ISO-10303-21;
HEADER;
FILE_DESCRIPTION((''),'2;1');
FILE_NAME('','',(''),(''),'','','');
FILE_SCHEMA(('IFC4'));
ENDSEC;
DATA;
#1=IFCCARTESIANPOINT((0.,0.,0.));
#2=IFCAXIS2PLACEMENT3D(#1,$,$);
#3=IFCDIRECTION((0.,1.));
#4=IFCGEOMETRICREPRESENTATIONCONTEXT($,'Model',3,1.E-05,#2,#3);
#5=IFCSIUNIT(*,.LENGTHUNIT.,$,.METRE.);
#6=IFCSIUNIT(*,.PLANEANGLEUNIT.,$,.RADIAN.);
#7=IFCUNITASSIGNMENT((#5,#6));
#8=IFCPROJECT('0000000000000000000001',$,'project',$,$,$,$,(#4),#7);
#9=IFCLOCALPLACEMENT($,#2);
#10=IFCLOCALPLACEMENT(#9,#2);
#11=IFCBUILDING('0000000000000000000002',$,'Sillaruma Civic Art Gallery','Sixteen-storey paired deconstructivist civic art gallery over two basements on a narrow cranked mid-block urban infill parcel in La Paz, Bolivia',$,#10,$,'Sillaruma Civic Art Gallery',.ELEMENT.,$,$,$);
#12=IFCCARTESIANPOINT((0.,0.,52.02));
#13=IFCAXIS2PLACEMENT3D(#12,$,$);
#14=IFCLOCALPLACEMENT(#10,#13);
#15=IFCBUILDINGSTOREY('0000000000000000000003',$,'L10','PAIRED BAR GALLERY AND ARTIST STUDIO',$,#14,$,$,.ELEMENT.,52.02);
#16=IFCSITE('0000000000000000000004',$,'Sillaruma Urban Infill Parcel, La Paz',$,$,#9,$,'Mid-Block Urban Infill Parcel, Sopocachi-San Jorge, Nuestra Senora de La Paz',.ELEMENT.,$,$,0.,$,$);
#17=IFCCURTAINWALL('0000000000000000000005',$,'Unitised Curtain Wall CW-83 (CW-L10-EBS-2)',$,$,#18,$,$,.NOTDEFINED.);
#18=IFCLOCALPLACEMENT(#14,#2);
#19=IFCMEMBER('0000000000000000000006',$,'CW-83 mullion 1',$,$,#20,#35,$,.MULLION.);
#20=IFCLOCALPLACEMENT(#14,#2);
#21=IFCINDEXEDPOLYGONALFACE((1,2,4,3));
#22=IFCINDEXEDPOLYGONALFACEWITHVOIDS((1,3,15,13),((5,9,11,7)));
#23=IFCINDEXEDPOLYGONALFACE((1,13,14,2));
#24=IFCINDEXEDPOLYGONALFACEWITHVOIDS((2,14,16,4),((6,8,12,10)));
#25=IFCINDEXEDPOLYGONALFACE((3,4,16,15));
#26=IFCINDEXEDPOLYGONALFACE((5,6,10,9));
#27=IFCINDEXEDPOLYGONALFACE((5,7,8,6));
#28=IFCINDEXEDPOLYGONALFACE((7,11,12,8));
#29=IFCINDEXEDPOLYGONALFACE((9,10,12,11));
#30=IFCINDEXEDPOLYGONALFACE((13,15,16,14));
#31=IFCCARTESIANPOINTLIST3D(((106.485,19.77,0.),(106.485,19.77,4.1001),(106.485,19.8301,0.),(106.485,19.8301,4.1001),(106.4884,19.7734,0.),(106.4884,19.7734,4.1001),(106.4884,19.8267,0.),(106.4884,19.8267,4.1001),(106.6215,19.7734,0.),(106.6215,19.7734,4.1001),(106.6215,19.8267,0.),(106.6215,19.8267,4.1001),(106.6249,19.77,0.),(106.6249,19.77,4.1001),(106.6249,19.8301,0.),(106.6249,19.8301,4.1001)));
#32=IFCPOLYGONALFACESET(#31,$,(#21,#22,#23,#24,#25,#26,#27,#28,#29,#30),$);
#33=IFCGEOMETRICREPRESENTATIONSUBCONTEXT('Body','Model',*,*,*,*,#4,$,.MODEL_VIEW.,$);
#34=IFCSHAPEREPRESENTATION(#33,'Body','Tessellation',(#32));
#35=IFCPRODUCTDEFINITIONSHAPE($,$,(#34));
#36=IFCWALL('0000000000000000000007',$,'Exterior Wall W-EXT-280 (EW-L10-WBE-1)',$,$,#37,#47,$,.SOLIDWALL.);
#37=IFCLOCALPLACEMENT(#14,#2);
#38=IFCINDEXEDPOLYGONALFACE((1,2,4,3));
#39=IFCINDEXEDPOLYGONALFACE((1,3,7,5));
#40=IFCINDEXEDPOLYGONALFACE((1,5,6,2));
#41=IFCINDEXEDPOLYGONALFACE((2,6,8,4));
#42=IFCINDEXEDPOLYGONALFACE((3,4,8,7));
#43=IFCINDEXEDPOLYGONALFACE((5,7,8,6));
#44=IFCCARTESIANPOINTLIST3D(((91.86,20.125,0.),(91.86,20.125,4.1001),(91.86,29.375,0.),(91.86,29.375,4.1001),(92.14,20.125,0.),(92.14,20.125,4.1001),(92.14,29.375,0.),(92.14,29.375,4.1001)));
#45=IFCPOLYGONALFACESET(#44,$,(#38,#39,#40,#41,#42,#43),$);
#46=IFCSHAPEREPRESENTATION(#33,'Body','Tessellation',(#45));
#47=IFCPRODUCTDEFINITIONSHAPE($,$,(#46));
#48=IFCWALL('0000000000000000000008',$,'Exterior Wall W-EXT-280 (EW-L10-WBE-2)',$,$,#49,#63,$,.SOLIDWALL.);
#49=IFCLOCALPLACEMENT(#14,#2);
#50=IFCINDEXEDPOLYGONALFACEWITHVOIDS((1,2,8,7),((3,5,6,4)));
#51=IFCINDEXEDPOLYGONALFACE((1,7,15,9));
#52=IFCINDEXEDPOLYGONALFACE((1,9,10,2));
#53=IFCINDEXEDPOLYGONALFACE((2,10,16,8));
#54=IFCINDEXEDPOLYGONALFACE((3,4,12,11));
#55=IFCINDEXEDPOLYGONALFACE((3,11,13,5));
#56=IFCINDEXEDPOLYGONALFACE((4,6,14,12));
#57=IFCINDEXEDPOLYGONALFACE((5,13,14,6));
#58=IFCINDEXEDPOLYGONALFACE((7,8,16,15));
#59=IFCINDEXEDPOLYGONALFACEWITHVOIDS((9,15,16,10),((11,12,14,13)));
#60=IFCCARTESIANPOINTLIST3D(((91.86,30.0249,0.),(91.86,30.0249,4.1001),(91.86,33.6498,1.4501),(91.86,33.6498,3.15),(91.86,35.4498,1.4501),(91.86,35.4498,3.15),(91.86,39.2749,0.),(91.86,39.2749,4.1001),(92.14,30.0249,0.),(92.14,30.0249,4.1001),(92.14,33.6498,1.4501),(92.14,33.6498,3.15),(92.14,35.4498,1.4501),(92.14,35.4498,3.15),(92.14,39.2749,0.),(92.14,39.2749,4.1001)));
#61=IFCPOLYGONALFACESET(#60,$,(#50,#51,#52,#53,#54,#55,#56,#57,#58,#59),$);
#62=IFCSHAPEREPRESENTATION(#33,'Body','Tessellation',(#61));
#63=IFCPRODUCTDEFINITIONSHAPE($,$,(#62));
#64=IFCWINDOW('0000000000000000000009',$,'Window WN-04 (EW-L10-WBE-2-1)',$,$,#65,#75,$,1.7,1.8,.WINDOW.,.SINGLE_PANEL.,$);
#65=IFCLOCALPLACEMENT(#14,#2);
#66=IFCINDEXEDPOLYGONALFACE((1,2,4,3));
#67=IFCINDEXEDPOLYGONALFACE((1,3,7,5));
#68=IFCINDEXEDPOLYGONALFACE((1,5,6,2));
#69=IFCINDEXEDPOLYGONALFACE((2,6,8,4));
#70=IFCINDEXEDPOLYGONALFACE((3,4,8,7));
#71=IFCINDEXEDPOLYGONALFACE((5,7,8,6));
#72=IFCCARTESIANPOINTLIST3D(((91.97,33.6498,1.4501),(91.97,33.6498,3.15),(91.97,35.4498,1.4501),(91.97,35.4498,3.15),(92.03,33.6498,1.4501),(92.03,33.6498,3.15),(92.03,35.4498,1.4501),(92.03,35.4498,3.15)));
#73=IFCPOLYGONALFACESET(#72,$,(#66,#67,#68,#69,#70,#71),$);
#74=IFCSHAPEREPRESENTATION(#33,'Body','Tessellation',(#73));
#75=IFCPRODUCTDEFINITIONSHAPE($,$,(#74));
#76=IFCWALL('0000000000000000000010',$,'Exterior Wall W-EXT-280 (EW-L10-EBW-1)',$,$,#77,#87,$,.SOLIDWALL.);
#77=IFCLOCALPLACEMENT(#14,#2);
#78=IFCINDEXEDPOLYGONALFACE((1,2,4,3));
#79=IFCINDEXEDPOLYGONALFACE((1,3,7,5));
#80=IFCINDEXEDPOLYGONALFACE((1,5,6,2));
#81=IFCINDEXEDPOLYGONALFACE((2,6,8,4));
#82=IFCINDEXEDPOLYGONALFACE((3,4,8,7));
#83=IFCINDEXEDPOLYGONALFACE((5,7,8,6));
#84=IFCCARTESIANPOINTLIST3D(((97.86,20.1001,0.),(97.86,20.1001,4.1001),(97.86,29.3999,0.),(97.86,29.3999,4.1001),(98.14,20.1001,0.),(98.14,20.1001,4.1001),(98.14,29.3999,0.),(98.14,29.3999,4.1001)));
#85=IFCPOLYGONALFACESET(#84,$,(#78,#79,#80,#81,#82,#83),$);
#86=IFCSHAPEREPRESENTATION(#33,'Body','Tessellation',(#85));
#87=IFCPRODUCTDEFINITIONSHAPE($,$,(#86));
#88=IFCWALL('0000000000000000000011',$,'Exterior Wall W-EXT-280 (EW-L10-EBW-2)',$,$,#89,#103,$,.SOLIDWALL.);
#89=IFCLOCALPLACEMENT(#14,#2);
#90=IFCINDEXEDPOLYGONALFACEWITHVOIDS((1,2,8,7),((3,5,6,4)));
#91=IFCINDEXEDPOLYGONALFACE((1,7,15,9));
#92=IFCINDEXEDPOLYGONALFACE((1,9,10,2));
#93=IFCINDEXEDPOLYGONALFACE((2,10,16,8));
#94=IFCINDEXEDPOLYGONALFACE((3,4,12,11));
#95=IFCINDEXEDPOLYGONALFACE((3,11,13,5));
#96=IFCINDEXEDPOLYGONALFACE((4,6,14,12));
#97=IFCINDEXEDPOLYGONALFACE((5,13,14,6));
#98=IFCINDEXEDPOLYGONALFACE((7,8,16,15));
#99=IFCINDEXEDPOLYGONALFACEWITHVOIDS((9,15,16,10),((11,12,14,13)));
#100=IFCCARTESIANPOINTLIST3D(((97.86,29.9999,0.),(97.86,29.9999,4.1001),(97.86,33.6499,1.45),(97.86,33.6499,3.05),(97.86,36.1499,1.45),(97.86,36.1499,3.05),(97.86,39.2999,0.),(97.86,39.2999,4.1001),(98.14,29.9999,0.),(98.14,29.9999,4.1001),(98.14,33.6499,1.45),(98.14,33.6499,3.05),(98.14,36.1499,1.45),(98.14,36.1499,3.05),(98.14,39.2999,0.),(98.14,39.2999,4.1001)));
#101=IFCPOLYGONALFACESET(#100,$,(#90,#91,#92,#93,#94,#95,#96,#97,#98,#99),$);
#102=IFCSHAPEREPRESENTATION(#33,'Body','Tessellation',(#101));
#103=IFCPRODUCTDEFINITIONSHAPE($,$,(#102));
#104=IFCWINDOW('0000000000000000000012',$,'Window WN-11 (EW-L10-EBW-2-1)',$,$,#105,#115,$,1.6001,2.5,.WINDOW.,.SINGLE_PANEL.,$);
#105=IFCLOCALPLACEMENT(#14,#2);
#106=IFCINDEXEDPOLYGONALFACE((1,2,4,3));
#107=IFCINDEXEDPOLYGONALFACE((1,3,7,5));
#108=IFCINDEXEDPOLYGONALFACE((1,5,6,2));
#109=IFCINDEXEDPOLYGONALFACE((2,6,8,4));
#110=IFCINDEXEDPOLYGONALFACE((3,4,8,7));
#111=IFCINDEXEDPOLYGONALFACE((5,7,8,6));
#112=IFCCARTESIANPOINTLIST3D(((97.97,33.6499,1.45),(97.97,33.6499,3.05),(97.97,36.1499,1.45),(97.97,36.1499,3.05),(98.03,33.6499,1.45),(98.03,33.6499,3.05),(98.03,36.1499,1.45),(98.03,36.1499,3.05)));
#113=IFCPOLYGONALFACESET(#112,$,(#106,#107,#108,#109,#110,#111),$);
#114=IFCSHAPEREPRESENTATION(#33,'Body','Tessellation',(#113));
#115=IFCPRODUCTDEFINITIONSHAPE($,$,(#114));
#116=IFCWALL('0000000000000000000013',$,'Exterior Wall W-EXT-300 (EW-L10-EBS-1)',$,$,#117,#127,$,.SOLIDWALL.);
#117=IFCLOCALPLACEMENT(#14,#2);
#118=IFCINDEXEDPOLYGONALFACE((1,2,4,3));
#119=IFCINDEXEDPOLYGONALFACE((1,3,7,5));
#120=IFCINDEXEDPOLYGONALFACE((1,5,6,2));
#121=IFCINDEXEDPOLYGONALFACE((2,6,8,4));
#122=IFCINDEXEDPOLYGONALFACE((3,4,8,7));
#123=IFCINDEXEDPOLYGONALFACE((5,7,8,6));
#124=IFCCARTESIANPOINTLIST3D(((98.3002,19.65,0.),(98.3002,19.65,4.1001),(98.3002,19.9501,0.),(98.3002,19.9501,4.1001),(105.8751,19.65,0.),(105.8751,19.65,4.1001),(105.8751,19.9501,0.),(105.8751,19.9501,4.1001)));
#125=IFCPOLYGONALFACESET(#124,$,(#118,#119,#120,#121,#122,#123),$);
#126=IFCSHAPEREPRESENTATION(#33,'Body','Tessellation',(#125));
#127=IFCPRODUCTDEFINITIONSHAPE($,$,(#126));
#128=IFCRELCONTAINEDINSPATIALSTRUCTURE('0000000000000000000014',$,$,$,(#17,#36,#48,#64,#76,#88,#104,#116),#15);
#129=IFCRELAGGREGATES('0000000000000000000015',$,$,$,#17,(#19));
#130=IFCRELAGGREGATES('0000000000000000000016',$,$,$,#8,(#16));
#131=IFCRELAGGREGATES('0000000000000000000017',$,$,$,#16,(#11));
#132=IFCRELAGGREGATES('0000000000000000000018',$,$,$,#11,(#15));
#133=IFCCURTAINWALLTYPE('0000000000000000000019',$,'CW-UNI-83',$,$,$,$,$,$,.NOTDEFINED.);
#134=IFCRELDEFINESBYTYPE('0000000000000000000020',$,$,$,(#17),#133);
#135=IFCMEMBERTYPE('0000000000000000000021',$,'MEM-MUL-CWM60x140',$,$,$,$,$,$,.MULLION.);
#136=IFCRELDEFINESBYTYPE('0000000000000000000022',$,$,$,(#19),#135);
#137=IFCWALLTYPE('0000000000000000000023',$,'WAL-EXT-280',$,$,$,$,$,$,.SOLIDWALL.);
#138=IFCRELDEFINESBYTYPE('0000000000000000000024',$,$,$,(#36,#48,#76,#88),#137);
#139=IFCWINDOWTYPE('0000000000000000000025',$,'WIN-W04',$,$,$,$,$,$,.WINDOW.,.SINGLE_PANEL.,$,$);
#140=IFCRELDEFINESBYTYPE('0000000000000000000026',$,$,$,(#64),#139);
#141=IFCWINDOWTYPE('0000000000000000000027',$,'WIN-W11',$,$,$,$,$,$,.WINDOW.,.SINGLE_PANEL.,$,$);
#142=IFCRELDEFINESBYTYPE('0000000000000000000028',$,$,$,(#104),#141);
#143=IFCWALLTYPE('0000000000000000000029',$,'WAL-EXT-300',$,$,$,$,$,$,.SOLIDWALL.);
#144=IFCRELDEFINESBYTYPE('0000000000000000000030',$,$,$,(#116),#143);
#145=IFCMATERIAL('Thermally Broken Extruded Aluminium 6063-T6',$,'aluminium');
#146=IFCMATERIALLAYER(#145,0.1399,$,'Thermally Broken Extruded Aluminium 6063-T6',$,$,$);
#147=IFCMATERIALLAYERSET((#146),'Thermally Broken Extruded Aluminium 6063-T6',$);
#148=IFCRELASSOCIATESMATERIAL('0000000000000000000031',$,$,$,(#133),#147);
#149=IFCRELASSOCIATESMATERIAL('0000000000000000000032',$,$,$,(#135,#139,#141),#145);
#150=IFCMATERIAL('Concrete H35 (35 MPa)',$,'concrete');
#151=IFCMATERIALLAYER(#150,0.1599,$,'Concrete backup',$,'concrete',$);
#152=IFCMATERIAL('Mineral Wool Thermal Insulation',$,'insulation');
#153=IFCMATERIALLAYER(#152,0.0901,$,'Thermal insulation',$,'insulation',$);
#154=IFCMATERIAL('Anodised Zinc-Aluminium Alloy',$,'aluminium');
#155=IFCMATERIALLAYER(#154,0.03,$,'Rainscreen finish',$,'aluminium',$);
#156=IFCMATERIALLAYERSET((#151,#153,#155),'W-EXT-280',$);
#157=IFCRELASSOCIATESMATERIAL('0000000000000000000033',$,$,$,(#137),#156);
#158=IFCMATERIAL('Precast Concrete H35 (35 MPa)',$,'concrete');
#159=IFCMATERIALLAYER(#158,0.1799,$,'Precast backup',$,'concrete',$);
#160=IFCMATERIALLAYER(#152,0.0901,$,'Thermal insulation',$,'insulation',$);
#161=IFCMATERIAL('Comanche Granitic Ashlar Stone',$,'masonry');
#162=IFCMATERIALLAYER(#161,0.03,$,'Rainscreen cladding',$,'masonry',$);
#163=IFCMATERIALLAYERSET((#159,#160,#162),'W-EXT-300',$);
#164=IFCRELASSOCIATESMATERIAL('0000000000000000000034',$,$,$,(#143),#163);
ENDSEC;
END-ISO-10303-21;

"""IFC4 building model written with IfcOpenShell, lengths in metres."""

from ifc_helpers import new_model, si_unit, direction, frame, frame_2d, origin, origin_2d, place, context, subcontext, project, spatial, rectangle, hollow_rectangle, extrude, material, layer, layer_set, material_profile, profile_set, type_object, element, fill, aggregate, save


model = new_model("IFC4")

# Units and contexts
model_context = context("Model", 3, precision=1e-05, world=origin(), true_north=direction((0.0, 1.0)))
body_context = subcontext(model_context, "Body", "Model", "MODEL_VIEW")
ifc_project = project(units=[si_unit("LENGTHUNIT", "METRE"), si_unit("PLANEANGLEUNIT", "RADIAN")], contexts=[model_context])

# Site, building, storey
site_placement = place(None, origin())
site = spatial("IfcSite", under=ifc_project, at=site_placement, Name="Sillaruma Urban Infill Parcel, La Paz", LongName="Mid-Block Urban Infill Parcel, Sopocachi-San Jorge, Nuestra Senora de La Paz", CompositionType="ELEMENT", RefElevation=0.0)
building_placement = place(site_placement, origin())
building = spatial("IfcBuilding", under=site, at=building_placement, Name="Sillaruma Civic Art Gallery", Description="Sixteen-storey paired deconstructivist civic art gallery over two basements on a narrow cranked mid-block urban infill parcel in La Paz, Bolivia", LongName="Sillaruma Civic Art Gallery", CompositionType="ELEMENT")
storey_placement = place(building_placement, frame((0.0, 0.0, 52.02)))
storey = spatial("IfcBuildingStorey", under=building, at=storey_placement, Name="L10", Description="PAIRED BAR GALLERY AND ARTIST STUDIO", CompositionType="ELEMENT", Elevation=52.02)

# Shared definitions
ifc_material_1 = material(Name="Concrete H35 (35 MPa)", Category="concrete")

# Curtain wall, member
ifc_material_2 = material(Name="Thermally Broken Extruded Aluminium 6063-T6", Category="aluminium")
ifc_layer_1 = layer(ifc_material_2, 0.1399, Name="Thermally Broken Extruded Aluminium 6063-T6")
ifc_layer_set_1 = layer_set([ifc_layer_1], Name="Thermally Broken Extruded Aluminium 6063-T6")
curtain_wall_type = type_object("IfcCurtainWallType", Name="CW-UNI-83", PredefinedType="NOTDEFINED", material=ifc_layer_set_1)
curtain_wall_placement = place(storey_placement, origin())
curtain_wall = element("IfcCurtainWall", 1, at=curtain_wall_placement, inside=storey, type_object=curtain_wall_type, Name="Unitised Curtain Wall CW-83 (CW-L10-EBS-2)", PredefinedType="NOTDEFINED")
ifc_material_profile_1 = material_profile(ifc_material_2, hollow_rectangle(XDim=0.0601, YDim=0.1399, WallThickness=0.0034, at=origin_2d()), Name="CWM60x140")
ifc_profile_set_1 = profile_set([ifc_material_profile_1], Name="Thermally Broken Extruded Aluminium 6063-T6")
member_type = type_object("IfcMemberType", Name="MEM-MUL-CWM60x140", PredefinedType="MULLION", material=ifc_profile_set_1)
member_placement = place(storey_placement, frame((106.5549, 19.8, 0.0), z_axis=(0.0, 0.0, 1.0), x_axis=(0.0, 1.0, 0.0)))
member = element("IfcMember", 2, at=member_placement, type_object=member_type, Name="CW-83 mullion 1", PredefinedType="MULLION", context=body_context, shape_type="SweptSolid", body=[
    extrude(hollow_rectangle(XDim=0.0601, YDim=0.1399, WallThickness=0.0034, at=origin_2d()), origin(), (0.0, 0.0, 1.0), 4.1001),
])
aggregate(curtain_wall, [member])

# Wall
ifc_layer_2 = layer(ifc_material_1, 0.1599, Name="Concrete backup", Category="concrete")
ifc_material_3 = material(Name="Mineral Wool Thermal Insulation", Category="insulation")
ifc_layer_3 = layer(ifc_material_3, 0.0901, Name="Thermal insulation", Category="insulation")
ifc_material_4 = material(Name="Anodised Zinc-Aluminium Alloy", Category="aluminium")
ifc_layer_4 = layer(ifc_material_4, 0.03, Name="Rainscreen finish", Category="aluminium")
ifc_layer_set_2 = layer_set([ifc_layer_2, ifc_layer_3, ifc_layer_4], Name="W-EXT-280")
wall_type_1 = type_object("IfcWallType", Name="WAL-EXT-280", PredefinedType="SOLIDWALL", material=ifc_layer_set_2)
wall_1_placement = place(storey_placement, frame((92.0, 20.125, 0.0), z_axis=(0.0, 0.0, 1.0), x_axis=(0.0, 1.0, 0.0)))
element("IfcWall", 3, at=wall_1_placement, inside=storey, type_object=wall_type_1, Name="Exterior Wall W-EXT-280 (EW-L10-WBE-1)", PredefinedType="SOLIDWALL", context=body_context, shape_type="SweptSolid", body=[
    extrude(rectangle(XDim=9.25, YDim=0.28, at=frame_2d((4.625, 0.0))), origin(), (0.0, 0.0, 1.0), 4.1001),
])

# Wall, opening, window
wall_2_placement = place(storey_placement, frame((92.0, 30.0249, 0.0), z_axis=(0.0, 0.0, 1.0), x_axis=(0.0, 1.0, 0.0)))
wall_2 = element("IfcWall", 4, at=wall_2_placement, inside=storey, type_object=wall_type_1, Name="Exterior Wall W-EXT-280 (EW-L10-WBE-2)", PredefinedType="SOLIDWALL", context=body_context, shape_type="SweptSolid", body=[
    extrude(rectangle(XDim=9.25, YDim=0.28, at=frame_2d((4.625, 0.0))), origin(), (0.0, 0.0, 1.0), 4.1001),
])
opening_1_placement = place(wall_2_placement, frame((3.625, 0.0, 1.45)))
opening_1 = element("IfcOpeningElement", 5, at=opening_1_placement, cuts=wall_2, PredefinedType="OPENING", context=body_context, shape_type="SweptSolid", body=[
    extrude(rectangle(XDim=1.8, YDim=1.7, at=frame_2d((0.8999, 0.8501))), frame((0.0, 0.1499, 0.0), z_axis=(0.0, -1.0, 0.0), x_axis=(1.0, 0.0, 0.0)), (0.0, 0.0, 1.0), 0.3),
])
window_type_1 = type_object("IfcWindowType", Name="WIN-W04", PartitioningType="SINGLE_PANEL", PredefinedType="WINDOW", material=ifc_material_2)
window_1_placement = place(opening_1_placement, origin())
window_1 = element("IfcWindow", 6, at=window_1_placement, inside=storey, type_object=window_type_1, Name="Window WN-04 (EW-L10-WBE-2-1)", OverallHeight=1.7, OverallWidth=1.8, PartitioningType="SINGLE_PANEL", PredefinedType="WINDOW", context=body_context, shape_type="SweptSolid", body=[
    extrude(rectangle(XDim=1.8, YDim=1.7, at=frame_2d((0.8999, 0.8501))), frame((0.0, 0.03, 0.0), z_axis=(0.0, -1.0, 0.0), x_axis=(1.0, 0.0, 0.0)), (0.0, 0.0, 1.0), 0.0601),
])
fill(opening_1, window_1)

# Wall
wall_3_placement = place(storey_placement, frame((98.0, 20.1001, 0.0), z_axis=(0.0, 0.0, 1.0), x_axis=(0.0, 1.0, 0.0)))
element("IfcWall", 7, at=wall_3_placement, inside=storey, type_object=wall_type_1, Name="Exterior Wall W-EXT-280 (EW-L10-EBW-1)", PredefinedType="SOLIDWALL", context=body_context, shape_type="SweptSolid", body=[
    extrude(rectangle(XDim=9.2998, YDim=0.28, at=frame_2d((4.6499, 0.0))), origin(), (0.0, 0.0, 1.0), 4.1001),
])

# Wall, opening, window
wall_4_placement = place(storey_placement, frame((98.0, 30.0, 0.0), z_axis=(0.0, 0.0, 1.0), x_axis=(0.0, 1.0, 0.0)))
wall_4 = element("IfcWall", 8, at=wall_4_placement, inside=storey, type_object=wall_type_1, Name="Exterior Wall W-EXT-280 (EW-L10-EBW-2)", PredefinedType="SOLIDWALL", context=body_context, shape_type="SweptSolid", body=[
    extrude(rectangle(XDim=9.3, YDim=0.28, at=frame_2d((4.6499, 0.0))), origin(), (0.0, 0.0, 1.0), 4.1001),
])
opening_2_placement = place(wall_4_placement, frame((3.6499, 0.0, 1.45)))
opening_2 = element("IfcOpeningElement", 9, at=opening_2_placement, cuts=wall_4, PredefinedType="OPENING", context=body_context, shape_type="SweptSolid", body=[
    extrude(rectangle(XDim=2.5, YDim=1.6001, at=frame_2d((1.25, 0.8))), frame((0.0, 0.1499, 0.0), z_axis=(0.0, -1.0, 0.0), x_axis=(1.0, 0.0, 0.0)), (0.0, 0.0, 1.0), 0.3),
])
window_type_2 = type_object("IfcWindowType", Name="WIN-W11", PartitioningType="SINGLE_PANEL", PredefinedType="WINDOW", material=ifc_material_2)
window_2_placement = place(opening_2_placement, origin())
window_2 = element("IfcWindow", 10, at=window_2_placement, inside=storey, type_object=window_type_2, Name="Window WN-11 (EW-L10-EBW-2-1)", OverallHeight=1.6001, OverallWidth=2.5, PartitioningType="SINGLE_PANEL", PredefinedType="WINDOW", context=body_context, shape_type="SweptSolid", body=[
    extrude(rectangle(XDim=2.5, YDim=1.6001, at=frame_2d((1.25, 0.8))), frame((0.0, 0.03, 0.0), z_axis=(0.0, -1.0, 0.0), x_axis=(1.0, 0.0, 0.0)), (0.0, 0.0, 1.0), 0.0601),
])
fill(opening_2, window_2)

# Wall
ifc_material_5 = material(Name="Precast Concrete H35 (35 MPa)", Category="concrete")
ifc_layer_5 = layer(ifc_material_5, 0.1799, Name="Precast backup", Category="concrete")
ifc_layer_6 = layer(ifc_material_3, 0.0901, Name="Thermal insulation", Category="insulation")
ifc_material_6 = material(Name="Comanche Granitic Ashlar Stone", Category="masonry")
ifc_layer_7 = layer(ifc_material_6, 0.03, Name="Rainscreen cladding", Category="masonry")
ifc_layer_set_3 = layer_set([ifc_layer_5, ifc_layer_6, ifc_layer_7], Name="W-EXT-300")
wall_type_2 = type_object("IfcWallType", Name="WAL-EXT-300", PredefinedType="SOLIDWALL", material=ifc_layer_set_3)
wall_5_placement = place(storey_placement, frame((98.3, 19.8, 0.0), z_axis=(0.0, 0.0, 1.0), x_axis=(1.0, 0.0, 0.0)))
element("IfcWall", 11, at=wall_5_placement, inside=storey, type_object=wall_type_2, Name="Exterior Wall W-EXT-300 (EW-L10-EBS-1)", PredefinedType="SOLIDWALL", context=body_context, shape_type="SweptSolid", body=[
    extrude(rectangle(XDim=7.575, YDim=0.3, at=frame_2d((3.7876, 0.0))), origin(), (0.0, 0.0, 1.0), 4.1001),
])

save(model, "model.ifc")
